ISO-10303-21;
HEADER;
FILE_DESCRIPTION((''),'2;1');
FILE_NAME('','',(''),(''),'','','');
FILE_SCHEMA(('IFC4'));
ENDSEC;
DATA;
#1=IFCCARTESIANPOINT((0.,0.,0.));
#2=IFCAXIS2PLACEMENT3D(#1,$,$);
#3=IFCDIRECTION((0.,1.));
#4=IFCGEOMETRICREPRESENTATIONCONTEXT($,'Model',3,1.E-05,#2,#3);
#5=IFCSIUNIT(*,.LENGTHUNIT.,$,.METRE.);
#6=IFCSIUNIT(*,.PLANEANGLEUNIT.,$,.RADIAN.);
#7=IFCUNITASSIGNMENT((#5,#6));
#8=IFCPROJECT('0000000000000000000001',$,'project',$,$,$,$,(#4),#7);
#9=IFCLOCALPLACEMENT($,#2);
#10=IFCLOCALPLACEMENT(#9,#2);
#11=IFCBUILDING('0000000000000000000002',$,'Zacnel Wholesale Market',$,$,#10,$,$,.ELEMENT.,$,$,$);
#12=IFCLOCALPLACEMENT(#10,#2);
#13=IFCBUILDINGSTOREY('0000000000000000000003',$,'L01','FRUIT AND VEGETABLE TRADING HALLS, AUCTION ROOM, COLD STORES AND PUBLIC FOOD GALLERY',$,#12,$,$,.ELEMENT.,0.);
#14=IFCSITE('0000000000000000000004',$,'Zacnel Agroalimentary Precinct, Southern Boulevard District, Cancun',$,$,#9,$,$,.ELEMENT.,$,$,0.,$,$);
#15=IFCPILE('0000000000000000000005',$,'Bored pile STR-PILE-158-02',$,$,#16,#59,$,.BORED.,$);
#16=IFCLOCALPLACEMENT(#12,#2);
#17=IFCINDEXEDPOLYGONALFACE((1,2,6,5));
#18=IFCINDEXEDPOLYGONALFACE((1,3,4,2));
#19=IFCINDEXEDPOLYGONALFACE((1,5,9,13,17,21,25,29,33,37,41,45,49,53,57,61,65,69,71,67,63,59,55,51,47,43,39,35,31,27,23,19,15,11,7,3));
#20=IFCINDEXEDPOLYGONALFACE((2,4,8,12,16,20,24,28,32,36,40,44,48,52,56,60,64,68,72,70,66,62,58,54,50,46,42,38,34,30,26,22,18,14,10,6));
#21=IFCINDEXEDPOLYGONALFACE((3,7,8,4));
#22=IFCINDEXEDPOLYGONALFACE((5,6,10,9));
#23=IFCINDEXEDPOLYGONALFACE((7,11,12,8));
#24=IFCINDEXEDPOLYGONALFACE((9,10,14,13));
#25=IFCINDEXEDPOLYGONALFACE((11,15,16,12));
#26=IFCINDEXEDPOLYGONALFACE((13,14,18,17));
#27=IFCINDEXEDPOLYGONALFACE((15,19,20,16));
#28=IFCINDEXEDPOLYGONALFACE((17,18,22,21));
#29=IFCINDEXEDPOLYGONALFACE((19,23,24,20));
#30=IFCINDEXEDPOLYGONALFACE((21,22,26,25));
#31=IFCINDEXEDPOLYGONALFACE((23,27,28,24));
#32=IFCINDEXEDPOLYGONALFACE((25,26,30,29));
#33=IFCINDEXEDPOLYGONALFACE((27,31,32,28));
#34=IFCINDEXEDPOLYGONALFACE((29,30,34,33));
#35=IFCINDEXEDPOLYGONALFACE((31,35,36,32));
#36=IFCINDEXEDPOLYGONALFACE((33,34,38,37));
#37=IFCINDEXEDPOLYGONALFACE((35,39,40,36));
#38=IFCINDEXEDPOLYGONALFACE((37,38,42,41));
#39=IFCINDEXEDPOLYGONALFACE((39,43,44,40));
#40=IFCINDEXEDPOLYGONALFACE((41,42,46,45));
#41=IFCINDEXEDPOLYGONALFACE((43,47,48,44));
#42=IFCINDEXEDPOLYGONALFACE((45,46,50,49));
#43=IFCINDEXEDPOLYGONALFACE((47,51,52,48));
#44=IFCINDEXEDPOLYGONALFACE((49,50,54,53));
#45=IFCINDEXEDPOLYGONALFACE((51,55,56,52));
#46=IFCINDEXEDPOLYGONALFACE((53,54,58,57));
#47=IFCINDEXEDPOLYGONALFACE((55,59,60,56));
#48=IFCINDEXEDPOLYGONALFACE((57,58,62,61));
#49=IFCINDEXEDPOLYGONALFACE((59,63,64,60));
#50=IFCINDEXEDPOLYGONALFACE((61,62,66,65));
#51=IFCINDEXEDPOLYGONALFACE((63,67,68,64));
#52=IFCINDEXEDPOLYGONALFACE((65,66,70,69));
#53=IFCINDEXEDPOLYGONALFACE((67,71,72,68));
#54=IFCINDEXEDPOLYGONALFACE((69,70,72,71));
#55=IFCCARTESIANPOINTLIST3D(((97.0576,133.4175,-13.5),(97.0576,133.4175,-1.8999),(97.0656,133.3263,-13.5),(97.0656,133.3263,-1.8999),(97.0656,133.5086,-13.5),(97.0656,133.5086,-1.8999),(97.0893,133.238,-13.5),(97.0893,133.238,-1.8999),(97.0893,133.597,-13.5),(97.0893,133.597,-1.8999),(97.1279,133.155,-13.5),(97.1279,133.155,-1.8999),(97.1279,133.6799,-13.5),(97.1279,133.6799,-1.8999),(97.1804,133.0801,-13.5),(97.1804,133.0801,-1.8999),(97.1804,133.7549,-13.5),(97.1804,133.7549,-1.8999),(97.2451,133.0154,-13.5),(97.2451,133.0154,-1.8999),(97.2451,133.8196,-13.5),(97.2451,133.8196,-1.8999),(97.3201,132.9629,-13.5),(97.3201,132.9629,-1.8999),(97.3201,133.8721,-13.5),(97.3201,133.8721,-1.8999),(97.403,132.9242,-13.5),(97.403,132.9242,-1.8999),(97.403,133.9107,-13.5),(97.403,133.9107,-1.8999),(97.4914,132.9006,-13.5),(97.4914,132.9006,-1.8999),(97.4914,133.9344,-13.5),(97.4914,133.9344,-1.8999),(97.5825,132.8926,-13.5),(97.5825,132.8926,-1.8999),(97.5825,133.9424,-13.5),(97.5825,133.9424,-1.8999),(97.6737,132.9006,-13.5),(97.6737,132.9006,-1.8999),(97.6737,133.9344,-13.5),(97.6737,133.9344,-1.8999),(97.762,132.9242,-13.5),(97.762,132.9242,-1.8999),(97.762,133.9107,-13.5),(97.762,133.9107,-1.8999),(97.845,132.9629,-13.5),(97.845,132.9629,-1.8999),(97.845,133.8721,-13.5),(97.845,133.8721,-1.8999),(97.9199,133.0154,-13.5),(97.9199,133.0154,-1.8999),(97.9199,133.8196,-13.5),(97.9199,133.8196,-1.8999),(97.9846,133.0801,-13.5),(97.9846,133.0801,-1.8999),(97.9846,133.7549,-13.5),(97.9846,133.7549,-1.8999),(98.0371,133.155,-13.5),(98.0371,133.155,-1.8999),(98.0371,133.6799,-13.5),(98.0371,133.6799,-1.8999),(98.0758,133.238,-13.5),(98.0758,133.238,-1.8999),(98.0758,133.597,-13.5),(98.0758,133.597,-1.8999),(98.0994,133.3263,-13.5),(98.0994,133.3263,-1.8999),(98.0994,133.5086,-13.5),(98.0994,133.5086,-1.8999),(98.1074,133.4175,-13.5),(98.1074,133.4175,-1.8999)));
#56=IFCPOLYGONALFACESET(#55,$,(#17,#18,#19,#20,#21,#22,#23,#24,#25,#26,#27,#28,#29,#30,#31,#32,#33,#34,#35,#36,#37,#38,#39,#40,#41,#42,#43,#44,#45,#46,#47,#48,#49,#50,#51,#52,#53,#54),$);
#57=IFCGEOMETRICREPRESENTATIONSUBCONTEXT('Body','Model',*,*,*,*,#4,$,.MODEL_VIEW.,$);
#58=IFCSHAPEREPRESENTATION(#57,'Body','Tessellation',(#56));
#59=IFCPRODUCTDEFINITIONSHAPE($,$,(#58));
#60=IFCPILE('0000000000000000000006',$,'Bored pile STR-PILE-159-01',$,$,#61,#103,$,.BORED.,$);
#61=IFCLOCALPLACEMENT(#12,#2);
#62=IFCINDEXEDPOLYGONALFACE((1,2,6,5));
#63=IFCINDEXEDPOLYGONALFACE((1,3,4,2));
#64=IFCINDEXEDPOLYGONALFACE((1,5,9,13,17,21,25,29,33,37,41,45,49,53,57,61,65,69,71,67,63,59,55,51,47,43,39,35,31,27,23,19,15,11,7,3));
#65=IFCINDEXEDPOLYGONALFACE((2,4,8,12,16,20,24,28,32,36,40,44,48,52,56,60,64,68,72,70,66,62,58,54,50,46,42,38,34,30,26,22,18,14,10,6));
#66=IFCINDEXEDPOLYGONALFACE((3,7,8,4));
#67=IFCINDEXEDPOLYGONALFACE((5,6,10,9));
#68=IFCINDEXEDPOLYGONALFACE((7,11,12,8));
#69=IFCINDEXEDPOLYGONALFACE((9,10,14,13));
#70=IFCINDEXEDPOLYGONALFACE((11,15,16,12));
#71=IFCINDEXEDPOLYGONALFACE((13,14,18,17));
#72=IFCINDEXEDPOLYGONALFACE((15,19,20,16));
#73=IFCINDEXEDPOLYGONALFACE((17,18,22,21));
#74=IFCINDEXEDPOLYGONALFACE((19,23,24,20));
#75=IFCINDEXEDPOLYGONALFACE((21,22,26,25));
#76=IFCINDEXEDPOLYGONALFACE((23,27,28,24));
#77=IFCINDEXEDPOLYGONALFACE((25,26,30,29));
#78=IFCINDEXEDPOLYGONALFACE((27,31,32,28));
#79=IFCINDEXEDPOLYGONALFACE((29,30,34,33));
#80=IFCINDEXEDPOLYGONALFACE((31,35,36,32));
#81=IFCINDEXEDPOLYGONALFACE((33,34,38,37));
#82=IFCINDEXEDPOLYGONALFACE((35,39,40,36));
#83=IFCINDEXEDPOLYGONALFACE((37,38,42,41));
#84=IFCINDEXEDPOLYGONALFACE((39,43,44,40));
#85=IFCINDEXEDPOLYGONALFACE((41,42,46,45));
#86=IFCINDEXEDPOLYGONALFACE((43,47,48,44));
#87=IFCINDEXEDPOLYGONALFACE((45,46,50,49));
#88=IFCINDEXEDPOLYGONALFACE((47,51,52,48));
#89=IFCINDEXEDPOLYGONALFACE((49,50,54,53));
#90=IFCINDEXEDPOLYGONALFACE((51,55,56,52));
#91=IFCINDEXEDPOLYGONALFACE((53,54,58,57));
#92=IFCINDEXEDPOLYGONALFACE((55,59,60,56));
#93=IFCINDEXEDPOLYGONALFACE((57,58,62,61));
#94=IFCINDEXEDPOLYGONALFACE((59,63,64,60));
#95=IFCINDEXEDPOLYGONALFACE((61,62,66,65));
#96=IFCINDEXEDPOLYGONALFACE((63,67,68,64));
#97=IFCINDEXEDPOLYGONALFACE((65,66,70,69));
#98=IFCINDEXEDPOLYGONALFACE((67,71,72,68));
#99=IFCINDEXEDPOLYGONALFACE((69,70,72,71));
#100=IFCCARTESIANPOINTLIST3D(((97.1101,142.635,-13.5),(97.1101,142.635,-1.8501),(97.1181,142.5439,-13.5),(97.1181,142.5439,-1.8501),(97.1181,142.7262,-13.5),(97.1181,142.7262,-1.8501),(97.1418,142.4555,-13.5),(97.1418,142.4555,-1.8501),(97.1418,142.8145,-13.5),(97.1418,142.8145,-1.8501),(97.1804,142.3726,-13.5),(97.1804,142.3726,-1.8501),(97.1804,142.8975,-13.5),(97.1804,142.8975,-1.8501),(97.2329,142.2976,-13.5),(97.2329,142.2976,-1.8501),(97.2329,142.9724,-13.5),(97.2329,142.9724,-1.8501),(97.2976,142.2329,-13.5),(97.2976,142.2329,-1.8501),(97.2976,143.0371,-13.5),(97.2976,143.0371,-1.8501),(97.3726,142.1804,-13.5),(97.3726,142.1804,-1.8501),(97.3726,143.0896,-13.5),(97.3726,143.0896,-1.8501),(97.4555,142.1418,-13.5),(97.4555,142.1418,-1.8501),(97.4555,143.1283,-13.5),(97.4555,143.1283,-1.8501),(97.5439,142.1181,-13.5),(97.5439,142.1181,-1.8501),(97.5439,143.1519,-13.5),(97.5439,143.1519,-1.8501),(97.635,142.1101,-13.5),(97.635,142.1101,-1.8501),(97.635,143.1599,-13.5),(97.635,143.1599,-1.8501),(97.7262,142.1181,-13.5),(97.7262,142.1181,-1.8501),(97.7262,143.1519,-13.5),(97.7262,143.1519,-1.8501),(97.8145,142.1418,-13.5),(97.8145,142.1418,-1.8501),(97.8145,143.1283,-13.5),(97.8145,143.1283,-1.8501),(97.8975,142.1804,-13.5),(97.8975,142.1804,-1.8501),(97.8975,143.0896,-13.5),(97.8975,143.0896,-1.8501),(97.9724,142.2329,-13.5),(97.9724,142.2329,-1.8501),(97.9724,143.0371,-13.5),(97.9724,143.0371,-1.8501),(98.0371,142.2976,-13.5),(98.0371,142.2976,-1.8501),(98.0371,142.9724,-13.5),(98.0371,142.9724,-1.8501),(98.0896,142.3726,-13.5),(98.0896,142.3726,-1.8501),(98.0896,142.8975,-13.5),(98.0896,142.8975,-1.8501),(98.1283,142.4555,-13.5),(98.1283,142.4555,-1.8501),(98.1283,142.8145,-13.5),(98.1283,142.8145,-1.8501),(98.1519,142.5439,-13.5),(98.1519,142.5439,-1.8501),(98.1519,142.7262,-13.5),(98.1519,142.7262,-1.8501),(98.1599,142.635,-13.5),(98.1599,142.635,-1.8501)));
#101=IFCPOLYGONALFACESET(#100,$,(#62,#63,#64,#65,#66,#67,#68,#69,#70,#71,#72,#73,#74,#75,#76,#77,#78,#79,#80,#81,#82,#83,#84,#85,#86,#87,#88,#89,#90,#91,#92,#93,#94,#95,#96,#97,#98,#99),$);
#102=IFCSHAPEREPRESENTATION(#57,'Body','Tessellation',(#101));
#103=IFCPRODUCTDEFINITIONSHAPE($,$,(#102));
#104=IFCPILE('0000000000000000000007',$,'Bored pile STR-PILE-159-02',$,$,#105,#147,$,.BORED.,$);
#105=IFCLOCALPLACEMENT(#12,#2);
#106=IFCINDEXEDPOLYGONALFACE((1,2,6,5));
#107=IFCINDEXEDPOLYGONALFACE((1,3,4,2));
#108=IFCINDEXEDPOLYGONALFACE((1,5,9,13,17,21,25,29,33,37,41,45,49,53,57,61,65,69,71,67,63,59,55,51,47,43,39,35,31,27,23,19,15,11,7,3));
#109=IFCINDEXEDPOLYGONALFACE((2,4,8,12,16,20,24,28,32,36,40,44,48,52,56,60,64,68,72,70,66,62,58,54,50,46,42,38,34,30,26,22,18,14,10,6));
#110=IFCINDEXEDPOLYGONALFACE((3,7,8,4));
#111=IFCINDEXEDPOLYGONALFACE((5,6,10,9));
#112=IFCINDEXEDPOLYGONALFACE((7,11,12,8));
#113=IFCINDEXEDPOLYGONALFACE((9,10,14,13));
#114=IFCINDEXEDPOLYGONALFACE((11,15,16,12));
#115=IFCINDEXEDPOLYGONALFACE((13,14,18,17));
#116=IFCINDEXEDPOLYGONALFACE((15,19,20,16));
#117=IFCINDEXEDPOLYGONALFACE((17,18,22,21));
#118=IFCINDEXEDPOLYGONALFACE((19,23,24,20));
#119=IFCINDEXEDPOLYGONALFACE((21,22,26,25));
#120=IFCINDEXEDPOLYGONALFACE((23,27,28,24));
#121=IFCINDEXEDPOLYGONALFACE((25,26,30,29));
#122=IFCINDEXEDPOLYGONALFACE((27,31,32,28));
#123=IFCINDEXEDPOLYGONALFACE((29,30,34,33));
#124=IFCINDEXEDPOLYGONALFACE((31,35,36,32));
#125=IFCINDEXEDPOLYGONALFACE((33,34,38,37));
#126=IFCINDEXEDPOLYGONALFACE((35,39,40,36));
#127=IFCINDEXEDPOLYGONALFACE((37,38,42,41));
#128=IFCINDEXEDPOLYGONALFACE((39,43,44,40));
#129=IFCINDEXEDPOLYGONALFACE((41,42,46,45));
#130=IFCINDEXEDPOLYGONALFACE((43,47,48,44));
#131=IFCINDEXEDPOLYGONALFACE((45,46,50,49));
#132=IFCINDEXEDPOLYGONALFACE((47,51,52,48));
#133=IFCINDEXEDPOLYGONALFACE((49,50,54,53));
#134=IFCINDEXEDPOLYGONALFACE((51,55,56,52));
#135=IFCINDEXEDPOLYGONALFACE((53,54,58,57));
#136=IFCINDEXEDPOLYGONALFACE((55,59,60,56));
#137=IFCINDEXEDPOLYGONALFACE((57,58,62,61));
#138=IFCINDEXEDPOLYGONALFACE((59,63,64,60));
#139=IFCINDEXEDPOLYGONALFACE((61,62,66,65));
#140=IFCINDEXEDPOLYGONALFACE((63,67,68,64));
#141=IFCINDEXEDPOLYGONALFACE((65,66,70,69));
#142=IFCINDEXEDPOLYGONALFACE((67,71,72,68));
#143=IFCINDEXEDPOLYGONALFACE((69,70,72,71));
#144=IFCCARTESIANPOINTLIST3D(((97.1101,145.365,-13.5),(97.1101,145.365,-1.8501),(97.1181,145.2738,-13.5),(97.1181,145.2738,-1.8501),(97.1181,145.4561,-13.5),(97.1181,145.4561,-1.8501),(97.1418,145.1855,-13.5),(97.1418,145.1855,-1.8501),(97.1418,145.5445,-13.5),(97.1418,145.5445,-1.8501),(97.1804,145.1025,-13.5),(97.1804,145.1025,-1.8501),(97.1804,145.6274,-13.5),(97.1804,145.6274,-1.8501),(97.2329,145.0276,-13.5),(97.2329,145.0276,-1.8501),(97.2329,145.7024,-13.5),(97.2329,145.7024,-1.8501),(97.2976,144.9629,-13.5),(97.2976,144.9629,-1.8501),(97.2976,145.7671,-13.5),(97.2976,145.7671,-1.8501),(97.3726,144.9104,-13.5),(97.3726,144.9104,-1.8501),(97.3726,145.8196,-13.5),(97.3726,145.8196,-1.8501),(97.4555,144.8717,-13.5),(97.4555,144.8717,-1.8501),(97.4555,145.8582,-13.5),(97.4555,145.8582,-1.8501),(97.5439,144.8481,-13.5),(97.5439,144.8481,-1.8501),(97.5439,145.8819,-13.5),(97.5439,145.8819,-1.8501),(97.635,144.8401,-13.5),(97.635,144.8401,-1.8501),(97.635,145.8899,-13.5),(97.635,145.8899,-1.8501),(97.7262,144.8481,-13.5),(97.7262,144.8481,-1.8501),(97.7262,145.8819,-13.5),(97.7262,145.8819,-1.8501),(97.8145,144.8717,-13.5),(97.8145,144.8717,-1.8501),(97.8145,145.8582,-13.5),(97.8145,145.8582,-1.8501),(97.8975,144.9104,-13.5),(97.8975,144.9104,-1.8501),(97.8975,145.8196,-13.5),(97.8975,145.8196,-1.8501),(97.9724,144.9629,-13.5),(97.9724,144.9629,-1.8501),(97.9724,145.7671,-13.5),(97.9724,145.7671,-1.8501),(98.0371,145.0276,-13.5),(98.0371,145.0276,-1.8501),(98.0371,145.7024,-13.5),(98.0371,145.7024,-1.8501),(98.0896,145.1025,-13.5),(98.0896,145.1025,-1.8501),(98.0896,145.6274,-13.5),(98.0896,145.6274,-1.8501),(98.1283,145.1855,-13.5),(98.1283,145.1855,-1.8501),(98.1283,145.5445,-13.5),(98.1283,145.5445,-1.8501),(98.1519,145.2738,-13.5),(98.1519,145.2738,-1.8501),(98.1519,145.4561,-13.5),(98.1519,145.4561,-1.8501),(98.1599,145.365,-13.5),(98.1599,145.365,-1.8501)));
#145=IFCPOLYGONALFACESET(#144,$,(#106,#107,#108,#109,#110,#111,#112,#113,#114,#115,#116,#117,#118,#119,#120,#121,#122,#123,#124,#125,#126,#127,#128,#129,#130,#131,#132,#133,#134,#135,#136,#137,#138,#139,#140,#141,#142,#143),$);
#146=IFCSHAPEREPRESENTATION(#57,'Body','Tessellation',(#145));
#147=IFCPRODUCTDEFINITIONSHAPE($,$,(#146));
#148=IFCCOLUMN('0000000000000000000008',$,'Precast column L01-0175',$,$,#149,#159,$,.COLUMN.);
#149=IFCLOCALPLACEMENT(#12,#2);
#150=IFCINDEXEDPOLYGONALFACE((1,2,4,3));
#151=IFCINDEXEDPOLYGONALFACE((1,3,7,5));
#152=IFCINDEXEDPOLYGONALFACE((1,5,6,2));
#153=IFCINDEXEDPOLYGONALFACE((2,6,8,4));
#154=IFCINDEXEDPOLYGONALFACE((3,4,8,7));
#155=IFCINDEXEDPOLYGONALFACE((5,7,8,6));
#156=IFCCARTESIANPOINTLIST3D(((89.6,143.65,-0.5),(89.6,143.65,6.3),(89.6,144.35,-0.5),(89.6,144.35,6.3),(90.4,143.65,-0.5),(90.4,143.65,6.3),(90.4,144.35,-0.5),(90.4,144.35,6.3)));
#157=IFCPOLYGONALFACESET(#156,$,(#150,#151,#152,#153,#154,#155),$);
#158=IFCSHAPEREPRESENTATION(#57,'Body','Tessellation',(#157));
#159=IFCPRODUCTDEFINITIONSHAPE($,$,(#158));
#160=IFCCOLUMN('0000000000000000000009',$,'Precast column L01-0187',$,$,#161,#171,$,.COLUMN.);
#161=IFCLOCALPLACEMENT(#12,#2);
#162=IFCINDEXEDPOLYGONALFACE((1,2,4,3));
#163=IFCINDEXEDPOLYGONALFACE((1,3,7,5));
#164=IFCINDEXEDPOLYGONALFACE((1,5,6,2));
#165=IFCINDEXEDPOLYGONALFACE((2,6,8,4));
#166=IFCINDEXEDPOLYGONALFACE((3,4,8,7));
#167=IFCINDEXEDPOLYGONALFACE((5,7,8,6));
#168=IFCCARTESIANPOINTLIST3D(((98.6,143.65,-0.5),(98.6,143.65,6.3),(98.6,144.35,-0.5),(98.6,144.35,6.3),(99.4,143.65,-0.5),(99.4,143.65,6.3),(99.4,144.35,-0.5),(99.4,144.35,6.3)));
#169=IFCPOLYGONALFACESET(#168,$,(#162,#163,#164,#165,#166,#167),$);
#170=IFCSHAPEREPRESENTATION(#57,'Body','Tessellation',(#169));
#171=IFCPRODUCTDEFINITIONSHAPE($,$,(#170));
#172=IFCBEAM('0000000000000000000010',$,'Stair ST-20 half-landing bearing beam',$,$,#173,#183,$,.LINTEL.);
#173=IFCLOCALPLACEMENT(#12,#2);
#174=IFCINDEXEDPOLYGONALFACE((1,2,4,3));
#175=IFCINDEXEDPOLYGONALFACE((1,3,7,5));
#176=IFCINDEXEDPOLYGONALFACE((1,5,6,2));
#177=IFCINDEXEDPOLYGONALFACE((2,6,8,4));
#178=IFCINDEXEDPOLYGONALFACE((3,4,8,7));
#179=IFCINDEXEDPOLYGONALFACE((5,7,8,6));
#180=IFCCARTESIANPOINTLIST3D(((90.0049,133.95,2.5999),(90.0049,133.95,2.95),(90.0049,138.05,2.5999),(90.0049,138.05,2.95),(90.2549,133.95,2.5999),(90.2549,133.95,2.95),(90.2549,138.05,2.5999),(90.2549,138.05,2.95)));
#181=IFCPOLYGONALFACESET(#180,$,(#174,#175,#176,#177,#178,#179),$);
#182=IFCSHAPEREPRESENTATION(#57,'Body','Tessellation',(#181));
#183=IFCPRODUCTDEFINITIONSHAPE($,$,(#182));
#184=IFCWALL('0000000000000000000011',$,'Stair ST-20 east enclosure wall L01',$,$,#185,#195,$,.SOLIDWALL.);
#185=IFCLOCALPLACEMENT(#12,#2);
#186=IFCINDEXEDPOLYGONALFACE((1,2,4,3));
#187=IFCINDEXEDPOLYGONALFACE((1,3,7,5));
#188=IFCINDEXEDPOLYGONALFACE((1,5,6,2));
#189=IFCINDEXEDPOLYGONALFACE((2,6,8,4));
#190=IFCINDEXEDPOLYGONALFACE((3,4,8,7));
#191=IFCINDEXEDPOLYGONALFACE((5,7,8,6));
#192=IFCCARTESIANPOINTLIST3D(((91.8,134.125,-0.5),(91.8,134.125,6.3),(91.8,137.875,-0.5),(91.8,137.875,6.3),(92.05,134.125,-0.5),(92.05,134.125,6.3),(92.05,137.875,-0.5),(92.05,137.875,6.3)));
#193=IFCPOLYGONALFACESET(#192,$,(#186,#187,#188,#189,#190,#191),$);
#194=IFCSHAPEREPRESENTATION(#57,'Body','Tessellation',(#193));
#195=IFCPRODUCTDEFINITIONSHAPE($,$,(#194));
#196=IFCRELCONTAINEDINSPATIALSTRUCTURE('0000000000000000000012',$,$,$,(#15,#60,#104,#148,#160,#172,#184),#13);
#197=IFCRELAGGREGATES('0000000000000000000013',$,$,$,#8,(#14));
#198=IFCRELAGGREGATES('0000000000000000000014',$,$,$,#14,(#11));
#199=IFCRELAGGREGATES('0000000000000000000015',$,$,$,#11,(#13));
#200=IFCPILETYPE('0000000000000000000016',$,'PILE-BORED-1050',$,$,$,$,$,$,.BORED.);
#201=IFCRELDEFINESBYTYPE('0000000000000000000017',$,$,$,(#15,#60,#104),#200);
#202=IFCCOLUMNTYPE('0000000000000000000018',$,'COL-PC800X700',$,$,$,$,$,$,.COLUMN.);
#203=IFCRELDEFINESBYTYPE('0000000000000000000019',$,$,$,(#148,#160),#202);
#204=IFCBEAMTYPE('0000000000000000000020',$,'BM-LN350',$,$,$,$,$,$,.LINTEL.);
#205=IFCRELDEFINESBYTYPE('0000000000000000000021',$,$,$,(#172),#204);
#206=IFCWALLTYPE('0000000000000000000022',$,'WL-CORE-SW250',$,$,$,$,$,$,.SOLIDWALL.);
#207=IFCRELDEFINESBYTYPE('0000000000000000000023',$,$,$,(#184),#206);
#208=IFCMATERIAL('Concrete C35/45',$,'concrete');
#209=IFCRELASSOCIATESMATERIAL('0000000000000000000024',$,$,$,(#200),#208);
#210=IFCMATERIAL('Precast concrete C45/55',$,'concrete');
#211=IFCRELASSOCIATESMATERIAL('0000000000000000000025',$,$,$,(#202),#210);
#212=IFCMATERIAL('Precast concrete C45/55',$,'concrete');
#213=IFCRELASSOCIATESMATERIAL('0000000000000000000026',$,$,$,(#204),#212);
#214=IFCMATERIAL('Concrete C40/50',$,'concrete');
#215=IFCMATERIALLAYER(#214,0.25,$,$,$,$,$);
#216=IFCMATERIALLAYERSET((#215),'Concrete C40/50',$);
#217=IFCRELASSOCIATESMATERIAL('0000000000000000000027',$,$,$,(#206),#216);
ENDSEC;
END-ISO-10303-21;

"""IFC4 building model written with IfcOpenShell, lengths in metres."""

from ifc_helpers import new_model, si_unit, direction, frame, frame_2d, origin, origin_2d, place, context, subcontext, project, spatial, rectangle, circle, extrude, material, layer, layer_set, material_profile, profile_set, type_object, element, save


model = new_model("IFC4")

# Units and contexts
model_context = context("Model", 3, precision=1e-05, world=origin(), true_north=direction((0.0, 1.0)))
body_context = subcontext(model_context, "Body", "Model", "MODEL_VIEW")
ifc_project = project(units=[si_unit("LENGTHUNIT", "METRE"), si_unit("PLANEANGLEUNIT", "RADIAN")], contexts=[model_context])

# Site, building, storey
site_placement = place(None, origin())
site = spatial("IfcSite", under=ifc_project, at=site_placement, Name="Zacnel Agroalimentary Precinct, Southern Boulevard District, Cancun", CompositionType="ELEMENT", RefElevation=0.0)
building_placement = place(site_placement, origin())
building = spatial("IfcBuilding", under=site, at=building_placement, Name="Zacnel Wholesale Market", CompositionType="ELEMENT")
storey_placement = place(building_placement, origin())
storey = spatial("IfcBuildingStorey", under=building, at=storey_placement, Name="L01", Description="FRUIT AND VEGETABLE TRADING HALLS, AUCTION ROOM, COLD STORES AND PUBLIC FOOD GALLERY", CompositionType="ELEMENT", Elevation=0.0)

# Piles
ifc_material_1 = material(Name="Concrete C35/45", Category="concrete")
ifc_material_profile_1 = material_profile(ifc_material_1, circle(Radius=0.5249, at=origin_2d()), Name="BORED PILE D1050")
ifc_profile_set_1 = profile_set([ifc_material_profile_1], Name="Concrete C35/45")
pile_type = type_object("IfcPileType", Name="PILE-BORED-1050", PredefinedType="BORED", material=ifc_profile_set_1)
for number, where, z_axis, x_axis, name in (
    (1, (97.5825, 133.4175, -1.8999), (0.0, 0.0, -1.0), (1.0, 0.0, 0.0), "Bored pile STR-PILE-158-02"),
):
    element("IfcPile", number, at=place(storey_placement, frame(where, z_axis=z_axis, x_axis=x_axis)), inside=storey, type_object=pile_type, Name=name, PredefinedType="BORED", context=body_context, shape_type="SweptSolid", body=[
        extrude(circle(Radius=0.5249, at=origin_2d()), origin(), (0.0, 0.0, 1.0), 11.6001),
    ])
for number, where, z_axis, x_axis, name in (
    (2, (97.635, 142.635, -1.8501), (0.0, 0.0, -1.0), (1.0, 0.0, 0.0), "Bored pile STR-PILE-159-01"),
    (3, (97.635, 145.365, -1.8501), (0.0, 0.0, -1.0), (1.0, 0.0, 0.0), "Bored pile STR-PILE-159-02"),
):
    element("IfcPile", number, at=place(storey_placement, frame(where, z_axis=z_axis, x_axis=x_axis)), inside=storey, type_object=pile_type, Name=name, PredefinedType="BORED", context=body_context, shape_type="SweptSolid", body=[
        extrude(circle(Radius=0.5249, at=origin_2d()), origin(), (0.0, 0.0, 1.0), 11.6499),
    ])

# Columns
ifc_material_2 = material(Name="Precast concrete C45/55", Category="concrete")
ifc_material_profile_2 = material_profile(ifc_material_2, rectangle(XDim=0.8, YDim=0.7, at=origin_2d()), Name="PC 800x700")
ifc_profile_set_2 = profile_set([ifc_material_profile_2], Name="Precast concrete C45/55")
column_type = type_object("IfcColumnType", Name="COL-PC800X700", PredefinedType="COLUMN", material=ifc_profile_set_2)
for number, where, z_axis, x_axis, name in (
    (4, (90.0, 144.0, -0.5), (0.0, 0.0, 1.0), (1.0, 0.0, 0.0), "Precast column L01-0175"),
    (5, (99.0, 144.0, -0.5), (0.0, 0.0, 1.0), (1.0, 0.0, 0.0), "Precast column L01-0187"),
):
    element("IfcColumn", number, at=place(storey_placement, frame(where, z_axis=z_axis, x_axis=x_axis)), inside=storey, type_object=column_type, Name=name, PredefinedType="COLUMN", context=body_context, shape_type="SweptSolid", body=[
        extrude(rectangle(XDim=0.8, YDim=0.7, at=origin_2d()), origin(), (0.0, 0.0, 1.0), 6.8),
    ])

# Beam
ifc_material_3 = material(Name="Precast concrete C45/55", Category="concrete")
ifc_material_profile_3 = material_profile(ifc_material_3, rectangle(XDim=0.25, YDim=0.3501, at=origin_2d()), Name="LN 250x350")
ifc_profile_set_3 = profile_set([ifc_material_profile_3], Name="Precast concrete C45/55")
beam_type = type_object("IfcBeamType", Name="BM-LN350", PredefinedType="LINTEL", material=ifc_profile_set_3)
beam_placement = place(storey_placement, frame((90.1299, 133.95, 2.7749), z_axis=(0.0, 1.0, 0.0), x_axis=(-1.0, 0.0, 0.0)))
element("IfcBeam", 6, at=beam_placement, inside=storey, type_object=beam_type, Name="Stair ST-20 half-landing bearing beam", PredefinedType="LINTEL", context=body_context, shape_type="SweptSolid", body=[
    extrude(rectangle(XDim=0.25, YDim=0.3501, at=origin_2d()), origin(), (0.0, 0.0, 1.0), 4.1001),
])

# Wall
ifc_material_4 = material(Name="Concrete C40/50", Category="concrete")
ifc_layer_1 = layer(ifc_material_4, 0.25)
ifc_layer_set_1 = layer_set([ifc_layer_1], Name="Concrete C40/50")
wall_type_1 = type_object("IfcWallType", Name="WL-CORE-SW250", PredefinedType="SOLIDWALL", material=ifc_layer_set_1)
wall_1_placement = place(storey_placement, frame((91.925, 134.125, -0.5), z_axis=(0.0, 0.0, 1.0), x_axis=(0.0, 1.0, 0.0)))
element("IfcWall", 7, at=wall_1_placement, inside=storey, type_object=wall_type_1, Name="Stair ST-20 east enclosure wall L01", PredefinedType="SOLIDWALL", context=body_context, shape_type="SweptSolid", body=[
    extrude(rectangle(XDim=3.75, YDim=0.25, at=frame_2d((1.875, 0.0))), origin(), (0.0, 0.0, 1.0), 6.8),
])

save(model, "model.ifc")
